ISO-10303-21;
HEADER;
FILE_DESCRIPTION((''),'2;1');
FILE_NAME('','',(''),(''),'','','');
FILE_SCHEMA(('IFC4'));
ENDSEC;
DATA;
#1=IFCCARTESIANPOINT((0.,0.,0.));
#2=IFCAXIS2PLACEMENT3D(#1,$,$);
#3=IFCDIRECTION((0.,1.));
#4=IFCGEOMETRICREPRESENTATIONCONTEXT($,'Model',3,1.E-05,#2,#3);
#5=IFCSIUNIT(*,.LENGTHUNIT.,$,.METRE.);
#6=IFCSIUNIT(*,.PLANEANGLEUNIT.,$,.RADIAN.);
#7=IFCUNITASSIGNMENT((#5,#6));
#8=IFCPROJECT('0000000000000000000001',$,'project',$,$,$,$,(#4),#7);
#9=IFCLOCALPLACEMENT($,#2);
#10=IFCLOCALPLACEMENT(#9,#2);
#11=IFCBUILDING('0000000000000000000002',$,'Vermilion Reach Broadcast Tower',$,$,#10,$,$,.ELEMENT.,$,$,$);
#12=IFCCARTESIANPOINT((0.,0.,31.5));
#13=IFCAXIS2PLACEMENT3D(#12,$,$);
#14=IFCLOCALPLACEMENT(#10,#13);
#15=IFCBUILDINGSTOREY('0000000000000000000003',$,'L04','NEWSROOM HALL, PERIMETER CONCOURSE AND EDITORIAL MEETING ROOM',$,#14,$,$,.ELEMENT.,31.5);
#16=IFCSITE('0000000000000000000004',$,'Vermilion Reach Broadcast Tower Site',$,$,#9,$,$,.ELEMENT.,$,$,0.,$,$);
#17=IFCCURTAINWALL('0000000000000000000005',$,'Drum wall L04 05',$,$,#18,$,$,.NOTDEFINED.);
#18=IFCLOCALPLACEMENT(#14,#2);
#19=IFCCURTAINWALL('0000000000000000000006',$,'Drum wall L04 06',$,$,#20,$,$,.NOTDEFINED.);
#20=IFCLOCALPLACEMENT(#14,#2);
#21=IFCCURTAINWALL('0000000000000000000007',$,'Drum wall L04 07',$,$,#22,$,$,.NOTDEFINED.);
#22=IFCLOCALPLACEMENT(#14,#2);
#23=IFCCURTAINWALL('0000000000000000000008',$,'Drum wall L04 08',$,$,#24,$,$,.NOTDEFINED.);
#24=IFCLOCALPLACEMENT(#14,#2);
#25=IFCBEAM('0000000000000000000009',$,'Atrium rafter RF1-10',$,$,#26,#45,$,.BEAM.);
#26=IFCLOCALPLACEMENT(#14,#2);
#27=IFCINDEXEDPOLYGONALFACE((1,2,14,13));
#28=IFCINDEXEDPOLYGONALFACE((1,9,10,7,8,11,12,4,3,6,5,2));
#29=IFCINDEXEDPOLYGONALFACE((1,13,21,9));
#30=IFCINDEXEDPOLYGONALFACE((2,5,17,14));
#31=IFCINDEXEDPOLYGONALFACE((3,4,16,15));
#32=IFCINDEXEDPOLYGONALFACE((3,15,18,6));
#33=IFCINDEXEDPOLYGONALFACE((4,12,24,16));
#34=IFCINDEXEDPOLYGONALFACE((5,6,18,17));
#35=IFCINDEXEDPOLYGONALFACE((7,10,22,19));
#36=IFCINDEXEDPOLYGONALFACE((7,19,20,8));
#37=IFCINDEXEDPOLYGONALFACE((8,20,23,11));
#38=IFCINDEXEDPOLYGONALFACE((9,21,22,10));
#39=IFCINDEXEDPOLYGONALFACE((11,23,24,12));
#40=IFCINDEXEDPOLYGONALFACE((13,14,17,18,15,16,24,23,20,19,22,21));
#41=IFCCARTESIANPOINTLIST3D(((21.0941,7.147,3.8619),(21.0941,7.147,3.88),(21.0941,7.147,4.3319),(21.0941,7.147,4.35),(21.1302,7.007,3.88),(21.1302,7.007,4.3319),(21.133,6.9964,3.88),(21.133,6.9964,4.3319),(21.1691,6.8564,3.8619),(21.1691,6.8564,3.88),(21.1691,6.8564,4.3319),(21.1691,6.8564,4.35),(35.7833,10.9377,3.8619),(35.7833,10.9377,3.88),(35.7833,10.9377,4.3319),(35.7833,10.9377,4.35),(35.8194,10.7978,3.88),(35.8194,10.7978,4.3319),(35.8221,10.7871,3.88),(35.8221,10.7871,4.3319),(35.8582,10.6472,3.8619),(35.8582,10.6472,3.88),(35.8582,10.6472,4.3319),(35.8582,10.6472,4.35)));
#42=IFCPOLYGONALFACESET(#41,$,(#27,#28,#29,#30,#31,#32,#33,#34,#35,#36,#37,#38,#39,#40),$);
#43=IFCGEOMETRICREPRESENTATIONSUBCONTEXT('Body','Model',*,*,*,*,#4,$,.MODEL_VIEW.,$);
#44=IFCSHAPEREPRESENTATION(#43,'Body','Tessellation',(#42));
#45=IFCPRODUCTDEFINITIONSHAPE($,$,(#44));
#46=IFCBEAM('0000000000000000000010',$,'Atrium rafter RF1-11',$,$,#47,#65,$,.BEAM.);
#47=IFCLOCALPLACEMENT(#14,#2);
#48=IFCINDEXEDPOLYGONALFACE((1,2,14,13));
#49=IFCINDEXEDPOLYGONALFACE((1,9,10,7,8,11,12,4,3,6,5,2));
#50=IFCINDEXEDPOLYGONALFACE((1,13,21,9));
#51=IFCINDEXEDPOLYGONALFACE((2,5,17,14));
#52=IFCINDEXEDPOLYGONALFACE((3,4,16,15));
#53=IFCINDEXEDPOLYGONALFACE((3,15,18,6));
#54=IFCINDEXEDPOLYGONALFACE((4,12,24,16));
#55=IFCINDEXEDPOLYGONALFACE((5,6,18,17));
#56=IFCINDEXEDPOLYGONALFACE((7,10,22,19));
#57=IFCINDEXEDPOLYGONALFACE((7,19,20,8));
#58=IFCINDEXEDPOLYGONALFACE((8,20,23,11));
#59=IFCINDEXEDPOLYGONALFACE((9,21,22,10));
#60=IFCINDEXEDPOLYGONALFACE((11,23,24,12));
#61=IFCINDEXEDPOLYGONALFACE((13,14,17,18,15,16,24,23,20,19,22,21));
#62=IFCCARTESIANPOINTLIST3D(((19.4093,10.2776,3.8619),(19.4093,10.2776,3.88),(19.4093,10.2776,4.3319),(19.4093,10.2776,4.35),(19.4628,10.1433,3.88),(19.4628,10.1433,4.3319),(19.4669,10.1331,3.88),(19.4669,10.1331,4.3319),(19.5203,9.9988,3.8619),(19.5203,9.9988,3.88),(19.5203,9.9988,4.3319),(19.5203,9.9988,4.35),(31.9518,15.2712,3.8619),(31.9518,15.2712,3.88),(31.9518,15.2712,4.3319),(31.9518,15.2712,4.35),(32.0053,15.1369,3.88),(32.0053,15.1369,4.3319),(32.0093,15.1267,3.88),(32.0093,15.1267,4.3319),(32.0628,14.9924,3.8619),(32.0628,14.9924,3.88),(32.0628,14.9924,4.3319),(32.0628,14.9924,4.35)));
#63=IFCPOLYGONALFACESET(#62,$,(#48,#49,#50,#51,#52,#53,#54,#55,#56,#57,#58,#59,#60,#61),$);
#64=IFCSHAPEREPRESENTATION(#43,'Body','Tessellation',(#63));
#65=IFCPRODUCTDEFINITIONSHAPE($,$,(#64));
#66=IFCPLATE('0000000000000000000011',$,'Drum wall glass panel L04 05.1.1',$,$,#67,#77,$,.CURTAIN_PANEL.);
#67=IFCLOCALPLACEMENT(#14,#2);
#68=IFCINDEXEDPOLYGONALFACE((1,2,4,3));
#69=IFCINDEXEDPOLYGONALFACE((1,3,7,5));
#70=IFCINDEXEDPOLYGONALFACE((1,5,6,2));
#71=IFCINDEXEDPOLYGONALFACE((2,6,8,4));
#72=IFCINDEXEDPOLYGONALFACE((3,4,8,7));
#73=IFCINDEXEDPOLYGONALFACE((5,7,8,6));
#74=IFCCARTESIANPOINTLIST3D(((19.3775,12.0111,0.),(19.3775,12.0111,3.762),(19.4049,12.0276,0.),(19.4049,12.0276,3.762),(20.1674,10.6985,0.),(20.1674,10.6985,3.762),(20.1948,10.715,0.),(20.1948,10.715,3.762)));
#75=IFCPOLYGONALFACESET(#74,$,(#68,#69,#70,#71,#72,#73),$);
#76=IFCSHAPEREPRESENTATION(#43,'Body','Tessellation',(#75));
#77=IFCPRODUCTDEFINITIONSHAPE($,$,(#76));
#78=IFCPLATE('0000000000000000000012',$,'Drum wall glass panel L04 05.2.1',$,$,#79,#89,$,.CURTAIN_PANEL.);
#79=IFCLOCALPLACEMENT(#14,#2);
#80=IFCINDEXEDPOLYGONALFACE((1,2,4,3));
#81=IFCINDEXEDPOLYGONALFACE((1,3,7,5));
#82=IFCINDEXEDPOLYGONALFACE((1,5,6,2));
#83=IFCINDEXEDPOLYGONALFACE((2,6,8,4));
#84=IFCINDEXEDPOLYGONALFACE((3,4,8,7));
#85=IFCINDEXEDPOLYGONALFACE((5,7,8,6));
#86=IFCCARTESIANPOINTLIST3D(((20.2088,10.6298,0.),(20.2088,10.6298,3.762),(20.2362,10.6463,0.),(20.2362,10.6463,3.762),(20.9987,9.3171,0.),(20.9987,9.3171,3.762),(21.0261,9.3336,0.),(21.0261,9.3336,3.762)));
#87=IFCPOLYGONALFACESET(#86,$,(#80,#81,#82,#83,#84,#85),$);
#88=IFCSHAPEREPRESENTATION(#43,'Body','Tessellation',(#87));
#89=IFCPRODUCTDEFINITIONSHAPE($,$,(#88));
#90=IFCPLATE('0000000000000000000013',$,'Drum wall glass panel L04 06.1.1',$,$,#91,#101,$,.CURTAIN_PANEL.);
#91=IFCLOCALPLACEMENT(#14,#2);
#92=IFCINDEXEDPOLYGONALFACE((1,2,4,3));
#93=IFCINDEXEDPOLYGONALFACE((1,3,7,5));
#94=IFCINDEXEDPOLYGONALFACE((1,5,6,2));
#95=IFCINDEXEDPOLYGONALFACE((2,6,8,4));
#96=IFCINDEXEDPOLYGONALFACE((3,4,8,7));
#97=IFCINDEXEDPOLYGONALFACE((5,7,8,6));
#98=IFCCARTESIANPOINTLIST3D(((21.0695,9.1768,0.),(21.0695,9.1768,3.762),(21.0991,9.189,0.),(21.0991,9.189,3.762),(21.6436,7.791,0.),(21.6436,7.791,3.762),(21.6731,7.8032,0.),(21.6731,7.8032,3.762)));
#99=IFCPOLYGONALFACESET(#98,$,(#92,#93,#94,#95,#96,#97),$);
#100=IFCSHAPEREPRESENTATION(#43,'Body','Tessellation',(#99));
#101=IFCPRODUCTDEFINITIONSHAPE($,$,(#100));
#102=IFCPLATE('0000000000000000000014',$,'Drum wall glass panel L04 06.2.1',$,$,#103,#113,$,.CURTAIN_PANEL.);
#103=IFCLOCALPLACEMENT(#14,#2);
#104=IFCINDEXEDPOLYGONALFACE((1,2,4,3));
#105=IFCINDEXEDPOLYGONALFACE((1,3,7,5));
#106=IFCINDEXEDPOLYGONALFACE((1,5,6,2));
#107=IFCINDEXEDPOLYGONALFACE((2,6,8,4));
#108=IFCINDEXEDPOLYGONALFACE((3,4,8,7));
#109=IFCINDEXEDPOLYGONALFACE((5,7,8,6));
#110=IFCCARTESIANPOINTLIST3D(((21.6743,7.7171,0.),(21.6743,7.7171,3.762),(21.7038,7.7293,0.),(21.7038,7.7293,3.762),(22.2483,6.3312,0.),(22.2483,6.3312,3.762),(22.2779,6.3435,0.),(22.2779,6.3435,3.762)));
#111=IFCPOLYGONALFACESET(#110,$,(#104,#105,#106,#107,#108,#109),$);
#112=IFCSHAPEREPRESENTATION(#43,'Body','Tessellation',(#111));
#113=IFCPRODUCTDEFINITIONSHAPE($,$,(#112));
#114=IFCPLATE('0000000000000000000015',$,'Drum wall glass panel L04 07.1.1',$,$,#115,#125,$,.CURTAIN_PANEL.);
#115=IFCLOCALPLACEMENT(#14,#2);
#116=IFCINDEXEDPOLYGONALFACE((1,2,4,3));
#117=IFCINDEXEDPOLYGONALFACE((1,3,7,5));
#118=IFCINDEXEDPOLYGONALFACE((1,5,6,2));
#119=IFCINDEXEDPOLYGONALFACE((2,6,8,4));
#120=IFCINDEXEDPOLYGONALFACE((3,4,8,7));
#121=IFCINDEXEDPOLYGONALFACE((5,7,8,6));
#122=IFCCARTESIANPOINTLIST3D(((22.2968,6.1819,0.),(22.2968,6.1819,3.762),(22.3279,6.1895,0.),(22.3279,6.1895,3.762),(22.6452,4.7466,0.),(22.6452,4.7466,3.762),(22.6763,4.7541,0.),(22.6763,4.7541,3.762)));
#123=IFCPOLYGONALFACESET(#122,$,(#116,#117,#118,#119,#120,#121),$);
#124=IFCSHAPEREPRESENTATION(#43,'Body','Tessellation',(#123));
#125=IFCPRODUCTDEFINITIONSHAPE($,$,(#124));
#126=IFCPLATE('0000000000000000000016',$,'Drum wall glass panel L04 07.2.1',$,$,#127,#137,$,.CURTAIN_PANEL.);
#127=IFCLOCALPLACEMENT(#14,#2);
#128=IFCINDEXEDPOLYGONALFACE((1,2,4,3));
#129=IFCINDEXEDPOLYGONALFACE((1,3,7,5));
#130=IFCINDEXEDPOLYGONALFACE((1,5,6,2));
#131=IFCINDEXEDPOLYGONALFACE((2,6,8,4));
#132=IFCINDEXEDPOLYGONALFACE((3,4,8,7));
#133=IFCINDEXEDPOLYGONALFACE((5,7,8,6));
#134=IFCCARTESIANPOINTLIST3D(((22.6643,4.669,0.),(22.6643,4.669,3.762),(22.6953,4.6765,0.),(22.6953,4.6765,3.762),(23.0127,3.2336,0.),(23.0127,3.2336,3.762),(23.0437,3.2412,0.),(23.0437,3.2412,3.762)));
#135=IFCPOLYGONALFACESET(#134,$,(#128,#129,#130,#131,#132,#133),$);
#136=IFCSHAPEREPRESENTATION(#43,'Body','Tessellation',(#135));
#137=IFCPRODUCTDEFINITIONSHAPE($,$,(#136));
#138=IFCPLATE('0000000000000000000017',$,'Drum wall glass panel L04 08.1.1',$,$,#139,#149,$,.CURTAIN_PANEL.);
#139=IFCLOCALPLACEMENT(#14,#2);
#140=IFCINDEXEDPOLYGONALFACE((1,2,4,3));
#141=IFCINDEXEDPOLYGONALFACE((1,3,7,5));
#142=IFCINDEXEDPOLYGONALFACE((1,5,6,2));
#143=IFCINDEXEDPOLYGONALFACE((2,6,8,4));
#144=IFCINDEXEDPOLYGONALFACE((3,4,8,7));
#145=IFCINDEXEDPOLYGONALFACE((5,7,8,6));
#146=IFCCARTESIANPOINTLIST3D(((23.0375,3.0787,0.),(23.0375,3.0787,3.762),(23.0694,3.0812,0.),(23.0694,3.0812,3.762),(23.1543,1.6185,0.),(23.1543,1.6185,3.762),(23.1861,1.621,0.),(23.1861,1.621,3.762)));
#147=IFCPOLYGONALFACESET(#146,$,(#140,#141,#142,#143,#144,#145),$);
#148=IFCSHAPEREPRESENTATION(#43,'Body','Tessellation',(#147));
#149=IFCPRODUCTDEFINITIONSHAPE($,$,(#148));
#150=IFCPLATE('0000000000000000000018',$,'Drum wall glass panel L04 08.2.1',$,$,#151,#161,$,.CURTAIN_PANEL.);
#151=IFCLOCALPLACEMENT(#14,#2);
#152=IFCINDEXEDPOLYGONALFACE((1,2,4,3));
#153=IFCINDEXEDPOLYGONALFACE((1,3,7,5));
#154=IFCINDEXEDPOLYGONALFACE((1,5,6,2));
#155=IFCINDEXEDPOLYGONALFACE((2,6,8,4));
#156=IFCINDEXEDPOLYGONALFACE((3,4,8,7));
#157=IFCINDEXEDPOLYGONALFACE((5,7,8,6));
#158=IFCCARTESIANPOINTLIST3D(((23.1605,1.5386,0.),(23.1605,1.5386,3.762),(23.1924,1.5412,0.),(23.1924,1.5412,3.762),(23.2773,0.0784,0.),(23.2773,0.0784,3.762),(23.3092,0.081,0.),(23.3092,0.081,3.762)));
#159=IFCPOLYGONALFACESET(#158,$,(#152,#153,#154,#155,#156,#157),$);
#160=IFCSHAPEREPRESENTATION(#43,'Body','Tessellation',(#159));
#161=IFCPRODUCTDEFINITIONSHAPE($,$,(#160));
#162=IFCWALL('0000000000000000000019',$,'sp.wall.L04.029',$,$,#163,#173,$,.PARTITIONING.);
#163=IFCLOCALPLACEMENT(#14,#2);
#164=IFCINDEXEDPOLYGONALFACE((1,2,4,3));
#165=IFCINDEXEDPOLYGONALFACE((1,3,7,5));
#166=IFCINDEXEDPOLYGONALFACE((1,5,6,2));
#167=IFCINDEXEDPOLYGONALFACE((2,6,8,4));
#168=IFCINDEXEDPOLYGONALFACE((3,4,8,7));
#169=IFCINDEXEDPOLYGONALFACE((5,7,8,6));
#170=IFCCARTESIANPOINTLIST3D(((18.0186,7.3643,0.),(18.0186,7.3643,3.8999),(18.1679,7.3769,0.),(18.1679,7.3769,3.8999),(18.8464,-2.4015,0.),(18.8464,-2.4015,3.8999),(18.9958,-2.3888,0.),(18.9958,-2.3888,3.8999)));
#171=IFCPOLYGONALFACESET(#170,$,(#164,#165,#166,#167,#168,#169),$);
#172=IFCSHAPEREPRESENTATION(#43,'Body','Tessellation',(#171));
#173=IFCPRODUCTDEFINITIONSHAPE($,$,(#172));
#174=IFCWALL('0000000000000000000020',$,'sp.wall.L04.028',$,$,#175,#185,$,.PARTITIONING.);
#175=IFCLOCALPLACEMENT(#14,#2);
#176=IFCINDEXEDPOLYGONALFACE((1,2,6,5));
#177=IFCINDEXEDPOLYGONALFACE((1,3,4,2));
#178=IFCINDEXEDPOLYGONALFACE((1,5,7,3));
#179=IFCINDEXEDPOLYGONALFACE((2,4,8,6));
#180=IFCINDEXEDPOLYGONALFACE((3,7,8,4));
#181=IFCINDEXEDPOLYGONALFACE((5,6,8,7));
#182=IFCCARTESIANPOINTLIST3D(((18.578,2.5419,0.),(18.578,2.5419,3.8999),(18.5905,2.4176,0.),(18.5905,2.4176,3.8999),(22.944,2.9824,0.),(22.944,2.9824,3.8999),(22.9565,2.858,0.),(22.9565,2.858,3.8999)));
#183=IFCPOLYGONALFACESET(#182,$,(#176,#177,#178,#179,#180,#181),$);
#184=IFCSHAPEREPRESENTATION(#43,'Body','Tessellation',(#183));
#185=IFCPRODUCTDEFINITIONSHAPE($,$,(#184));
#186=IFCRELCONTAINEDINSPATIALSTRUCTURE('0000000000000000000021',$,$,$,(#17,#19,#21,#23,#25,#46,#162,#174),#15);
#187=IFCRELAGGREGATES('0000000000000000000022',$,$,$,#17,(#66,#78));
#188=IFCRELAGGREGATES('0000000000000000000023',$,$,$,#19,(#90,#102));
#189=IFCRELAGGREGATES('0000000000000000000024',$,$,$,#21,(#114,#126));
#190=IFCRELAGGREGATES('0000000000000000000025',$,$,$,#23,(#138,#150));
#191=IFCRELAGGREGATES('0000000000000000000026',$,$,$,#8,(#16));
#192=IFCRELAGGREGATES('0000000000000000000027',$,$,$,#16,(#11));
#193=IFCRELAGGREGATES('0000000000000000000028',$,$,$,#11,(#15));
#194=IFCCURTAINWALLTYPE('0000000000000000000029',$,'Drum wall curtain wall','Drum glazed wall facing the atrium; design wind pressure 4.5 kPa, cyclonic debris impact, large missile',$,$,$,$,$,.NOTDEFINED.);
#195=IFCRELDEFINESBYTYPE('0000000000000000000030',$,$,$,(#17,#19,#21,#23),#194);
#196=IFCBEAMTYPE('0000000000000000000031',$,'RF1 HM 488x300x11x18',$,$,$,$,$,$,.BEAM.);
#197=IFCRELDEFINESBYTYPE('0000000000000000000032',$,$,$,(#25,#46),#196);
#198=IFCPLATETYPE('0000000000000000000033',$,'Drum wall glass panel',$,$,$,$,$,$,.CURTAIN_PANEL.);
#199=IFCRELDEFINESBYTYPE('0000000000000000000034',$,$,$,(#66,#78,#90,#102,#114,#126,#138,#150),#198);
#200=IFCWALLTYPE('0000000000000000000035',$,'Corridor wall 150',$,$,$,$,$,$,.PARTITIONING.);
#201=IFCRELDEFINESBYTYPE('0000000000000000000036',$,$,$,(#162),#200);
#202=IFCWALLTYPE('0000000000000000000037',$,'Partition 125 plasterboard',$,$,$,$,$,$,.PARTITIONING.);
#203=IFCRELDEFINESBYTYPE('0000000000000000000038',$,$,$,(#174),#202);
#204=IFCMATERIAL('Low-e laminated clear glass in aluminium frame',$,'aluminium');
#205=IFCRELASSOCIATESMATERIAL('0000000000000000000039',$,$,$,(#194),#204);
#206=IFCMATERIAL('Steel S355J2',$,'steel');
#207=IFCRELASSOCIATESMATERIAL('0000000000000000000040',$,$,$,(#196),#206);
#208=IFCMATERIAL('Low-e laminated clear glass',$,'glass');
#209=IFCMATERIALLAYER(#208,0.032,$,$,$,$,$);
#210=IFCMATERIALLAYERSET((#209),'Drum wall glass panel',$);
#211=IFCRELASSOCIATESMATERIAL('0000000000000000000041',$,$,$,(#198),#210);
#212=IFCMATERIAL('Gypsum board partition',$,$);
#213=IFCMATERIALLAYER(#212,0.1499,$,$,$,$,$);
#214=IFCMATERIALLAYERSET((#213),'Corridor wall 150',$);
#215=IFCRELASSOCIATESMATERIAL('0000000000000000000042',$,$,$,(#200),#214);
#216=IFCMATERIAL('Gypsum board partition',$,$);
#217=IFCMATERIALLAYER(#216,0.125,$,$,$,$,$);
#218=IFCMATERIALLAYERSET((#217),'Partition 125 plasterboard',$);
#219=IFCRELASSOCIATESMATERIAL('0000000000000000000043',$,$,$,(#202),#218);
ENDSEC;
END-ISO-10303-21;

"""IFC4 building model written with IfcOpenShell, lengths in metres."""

from ifc_helpers import new_model, si_unit, direction, frame, frame_2d, origin, origin_2d, place, context, subcontext, project, spatial, rectangle, i_section, extrude, material, layer, layer_set, material_profile, profile_set, type_object, element, aggregate, save


model = new_model("IFC4")

# Units and contexts
model_context = context("Model", 3, precision=1e-05, world=origin(), true_north=direction((0.0, 1.0)))
body_context = subcontext(model_context, "Body", "Model", "MODEL_VIEW")
ifc_project = project(units=[si_unit("LENGTHUNIT", "METRE"), si_unit("PLANEANGLEUNIT", "RADIAN")], contexts=[model_context])

# Site, building, storey
site_placement = place(None, origin())
site = spatial("IfcSite", under=ifc_project, at=site_placement, Name="Vermilion Reach Broadcast Tower Site", CompositionType="ELEMENT", RefElevation=0.0)
building_placement = place(site_placement, origin())
building = spatial("IfcBuilding", under=site, at=building_placement, Name="Vermilion Reach Broadcast Tower", CompositionType="ELEMENT")
storey_placement = place(building_placement, frame((0.0, 0.0, 31.5)))
storey = spatial("IfcBuildingStorey", under=building, at=storey_placement, Name="L04", Description="NEWSROOM HALL, PERIMETER CONCOURSE AND EDITORIAL MEETING ROOM", CompositionType="ELEMENT", Elevation=31.5)

# Curtain walls
ifc_material_1 = material(Name="Low-e laminated clear glass in aluminium frame", Category="aluminium")
curtain_wall_type = type_object("IfcCurtainWallType", Name="Drum wall curtain wall", Description="Drum glazed wall facing the atrium; design wind pressure 4.5 kPa, cyclonic debris impact, large missile", PredefinedType="NOTDEFINED", material=ifc_material_1)
placement = place(storey_placement, origin())
curtain_wall_1 = element("IfcCurtainWall", 1, at=placement, inside=storey, type_object=curtain_wall_type, Name="Drum wall L04 05", PredefinedType="NOTDEFINED")
curtain_wall_2 = element("IfcCurtainWall", 2, at=placement, inside=storey, type_object=curtain_wall_type, Name="Drum wall L04 06", PredefinedType="NOTDEFINED")
curtain_wall_3 = element("IfcCurtainWall", 3, at=placement, inside=storey, type_object=curtain_wall_type, Name="Drum wall L04 07", PredefinedType="NOTDEFINED")
curtain_wall_4 = element("IfcCurtainWall", 4, at=placement, inside=storey, type_object=curtain_wall_type, Name="Drum wall L04 08", PredefinedType="NOTDEFINED")

# Beams
ifc_material_2 = material(Name="Steel S355J2", Category="steel")
ifc_material_profile_1 = material_profile(ifc_material_2, i_section(OverallWidth=0.3, OverallDepth=0.488, WebThickness=0.011, FlangeThickness=0.0181, at=origin_2d()), Name="S355J2 HM 488x300x11x18")
ifc_profile_set_1 = profile_set([ifc_material_profile_1], Name="Steel S355J2")
beam_type_1 = type_object("IfcBeamType", Name="RF1 HM 488x300x11x18", PredefinedType="BEAM", material=ifc_profile_set_1)
beam_1_placement = place(storey_placement, frame((21.1316, 7.0017, 4.106), z_axis=(0.968277, 0.249879, 0.0), x_axis=(-0.249879, 0.968277, 0.0)))
element("IfcBeam", 5, at=beam_1_placement, inside=storey, type_object=beam_type_1, Name="Atrium rafter RF1-10", PredefinedType="BEAM", context=body_context, shape_type="SweptSolid", body=[
    extrude(i_section(OverallWidth=0.3, OverallDepth=0.488, WebThickness=0.011, FlangeThickness=0.0181, at=origin_2d()), origin(), (0.0, 0.0, 1.0), 15.1704),
])
beam_2_placement = place(storey_placement, frame((19.4648, 10.1382, 4.106), z_axis=(0.929072, 0.3699, 0.0), x_axis=(-0.3699, 0.929072, 0.0)))
element("IfcBeam", 6, at=beam_2_placement, inside=storey, type_object=beam_type_1, Name="Atrium rafter RF1-11", PredefinedType="BEAM", context=body_context, shape_type="SweptSolid", body=[
    extrude(i_section(OverallWidth=0.3, OverallDepth=0.488, WebThickness=0.011, FlangeThickness=0.0181, at=origin_2d()), origin(), (0.0, 0.0, 1.0), 13.5),
])

# Plates
ifc_material_3 = material(Name="Low-e laminated clear glass", Category="glass")
ifc_layer_1 = layer(ifc_material_3, 0.032)
ifc_layer_set_1 = layer_set([ifc_layer_1], Name="Drum wall glass panel")
plate_type = type_object("IfcPlateType", Name="Drum wall glass panel", PredefinedType="CURTAIN_PANEL", material=ifc_layer_set_1)
plate_1_placement = place(storey_placement, frame((19.7861, 11.363, 0.0), z_axis=(0.0, 0.0, 1.0), x_axis=(0.515613, -0.856821, 0.0)))
plate_1 = element("IfcPlate", 7, at=plate_1_placement, type_object=plate_type, Name="Drum wall glass panel L04 05.1.1", PredefinedType="CURTAIN_PANEL", context=body_context, shape_type="SweptSolid", body=[
    extrude(rectangle(XDim=1.532, YDim=0.032, at=origin_2d()), origin(), (0.0, 0.0, 1.0), 3.762),
])
plate_2_placement = place(storey_placement, frame((20.6174, 9.9817, 0.0), z_axis=(0.0, 0.0, 1.0), x_axis=(0.515613, -0.856821, 0.0)))
plate_2 = element("IfcPlate", 8, at=plate_2_placement, type_object=plate_type, Name="Drum wall glass panel L04 05.2.1", PredefinedType="CURTAIN_PANEL", context=body_context, shape_type="SweptSolid", body=[
    extrude(rectangle(XDim=1.532, YDim=0.032, at=origin_2d()), origin(), (0.0, 0.0, 1.0), 3.762),
])
aggregate(curtain_wall_1, [plate_1, plate_2])
plate_3_placement = place(storey_placement, frame((21.3713, 8.49, 0.0), z_axis=(0.0, 0.0, 1.0), x_axis=(0.382693, -0.923875, 0.0)))
plate_3 = element("IfcPlate", 9, at=plate_3_placement, type_object=plate_type, Name="Drum wall glass panel L04 06.1.1", PredefinedType="CURTAIN_PANEL", context=body_context, shape_type="SweptSolid", body=[
    extrude(rectangle(XDim=1.5, YDim=0.032, at=origin_2d()), origin(), (0.0, 0.0, 1.0), 3.762),
])
plate_4_placement = place(storey_placement, frame((21.9761, 7.0303, 0.0), z_axis=(0.0, 0.0, 1.0), x_axis=(0.382693, -0.923875, 0.0)))
plate_4 = element("IfcPlate", 10, at=plate_4_placement, type_object=plate_type, Name="Drum wall glass panel L04 06.2.1", PredefinedType="CURTAIN_PANEL", context=body_context, shape_type="SweptSolid", body=[
    extrude(rectangle(XDim=1.5, YDim=0.032, at=origin_2d()), origin(), (0.0, 0.0, 1.0), 3.762),
])
aggregate(curtain_wall_2, [plate_3, plate_4])
plate_5_placement = place(storey_placement, frame((22.4866, 5.468, 0.0), z_axis=(0.0, 0.0, 1.0), x_axis=(0.235877, -0.971783, 0.0)))
plate_5 = element("IfcPlate", 11, at=plate_5_placement, type_object=plate_type, Name="Drum wall glass panel L04 07.1.1", PredefinedType="CURTAIN_PANEL", context=body_context, shape_type="SweptSolid", body=[
    extrude(rectangle(XDim=1.4771, YDim=0.032, at=origin_2d()), origin(), (0.0, 0.0, 1.0), 3.762),
])
plate_6_placement = place(storey_placement, frame((22.854, 3.9551, 0.0), z_axis=(0.0, 0.0, 1.0), x_axis=(0.235877, -0.971783, 0.0)))
plate_6 = element("IfcPlate", 12, at=plate_6_placement, type_object=plate_type, Name="Drum wall glass panel L04 07.2.1", PredefinedType="CURTAIN_PANEL", context=body_context, shape_type="SweptSolid", body=[
    extrude(rectangle(XDim=1.4771, YDim=0.032, at=origin_2d()), origin(), (0.0, 0.0, 1.0), 3.762),
])
aggregate(curtain_wall_3, [plate_5, plate_6])
plate_7_placement = place(storey_placement, frame((23.1118, 2.3499, 0.0), z_axis=(0.0, 0.0, 1.0), x_axis=(0.079726, -0.996817, 0.0)))
plate_7 = element("IfcPlate", 13, at=plate_7_placement, type_object=plate_type, Name="Drum wall glass panel L04 08.1.1", PredefinedType="CURTAIN_PANEL", context=body_context, shape_type="SweptSolid", body=[
    extrude(rectangle(XDim=1.4648, YDim=0.032, at=origin_2d()), origin(), (0.0, 0.0, 1.0), 3.762),
])
plate_8_placement = place(storey_placement, frame((23.2349, 0.8098, 0.0), z_axis=(0.0, 0.0, 1.0), x_axis=(0.079726, -0.996817, 0.0)))
plate_8 = element("IfcPlate", 14, at=plate_8_placement, type_object=plate_type, Name="Drum wall glass panel L04 08.2.1", PredefinedType="CURTAIN_PANEL", context=body_context, shape_type="SweptSolid", body=[
    extrude(rectangle(XDim=1.4648, YDim=0.032, at=origin_2d()), origin(), (0.0, 0.0, 1.0), 3.762),
])
aggregate(curtain_wall_4, [plate_7, plate_8])

# Walls
ifc_material_4 = material(Name="Gypsum board partition")
ifc_layer_2 = layer(ifc_material_4, 0.1499)
ifc_layer_set_2 = layer_set([ifc_layer_2], Name="Corridor wall 150")
wall_type_1 = type_object("IfcWallType", Name="Corridor wall 150", PredefinedType="PARTITIONING", material=ifc_layer_set_2)
wall_1_placement = place(storey_placement, frame((18.0933, 7.3706, 0.0), z_axis=(0.0, 0.0, 1.0), x_axis=(0.08447, -0.996426, 0.0)))
element("IfcWall", 15, at=wall_1_placement, inside=storey, type_object=wall_type_1, Name="sp.wall.L04.029", PredefinedType="PARTITIONING", context=body_context, shape_type="SweptSolid", body=[
    extrude(rectangle(XDim=9.8008, YDim=0.1499, at=frame_2d((4.9004, 0.0))), origin(), (0.0, 0.0, 1.0), 3.8999),
])
ifc_material_5 = material(Name="Gypsum board partition")
ifc_layer_3 = layer(ifc_material_5, 0.125)
ifc_layer_set_3 = layer_set([ifc_layer_3], Name="Partition 125 plasterboard")
wall_type_2 = type_object("IfcWallType", Name="Partition 125 plasterboard", PredefinedType="PARTITIONING", material=ifc_layer_set_3)
wall_2_placement = place(storey_placement, frame((18.5842, 2.4797, 0.0), z_axis=(0.0, 0.0, 1.0), x_axis=(0.99495, 0.100369, 0.0)))
element("IfcWall", 16, at=wall_2_placement, inside=storey, type_object=wall_type_2, Name="sp.wall.L04.028", PredefinedType="PARTITIONING", context=body_context, shape_type="SweptSolid", body=[
    extrude(rectangle(XDim=4.3882, YDim=0.125, at=frame_2d((2.1941, 0.0))), origin(), (0.0, 0.0, 1.0), 3.8999),
])

save(model, "model.ifc")
